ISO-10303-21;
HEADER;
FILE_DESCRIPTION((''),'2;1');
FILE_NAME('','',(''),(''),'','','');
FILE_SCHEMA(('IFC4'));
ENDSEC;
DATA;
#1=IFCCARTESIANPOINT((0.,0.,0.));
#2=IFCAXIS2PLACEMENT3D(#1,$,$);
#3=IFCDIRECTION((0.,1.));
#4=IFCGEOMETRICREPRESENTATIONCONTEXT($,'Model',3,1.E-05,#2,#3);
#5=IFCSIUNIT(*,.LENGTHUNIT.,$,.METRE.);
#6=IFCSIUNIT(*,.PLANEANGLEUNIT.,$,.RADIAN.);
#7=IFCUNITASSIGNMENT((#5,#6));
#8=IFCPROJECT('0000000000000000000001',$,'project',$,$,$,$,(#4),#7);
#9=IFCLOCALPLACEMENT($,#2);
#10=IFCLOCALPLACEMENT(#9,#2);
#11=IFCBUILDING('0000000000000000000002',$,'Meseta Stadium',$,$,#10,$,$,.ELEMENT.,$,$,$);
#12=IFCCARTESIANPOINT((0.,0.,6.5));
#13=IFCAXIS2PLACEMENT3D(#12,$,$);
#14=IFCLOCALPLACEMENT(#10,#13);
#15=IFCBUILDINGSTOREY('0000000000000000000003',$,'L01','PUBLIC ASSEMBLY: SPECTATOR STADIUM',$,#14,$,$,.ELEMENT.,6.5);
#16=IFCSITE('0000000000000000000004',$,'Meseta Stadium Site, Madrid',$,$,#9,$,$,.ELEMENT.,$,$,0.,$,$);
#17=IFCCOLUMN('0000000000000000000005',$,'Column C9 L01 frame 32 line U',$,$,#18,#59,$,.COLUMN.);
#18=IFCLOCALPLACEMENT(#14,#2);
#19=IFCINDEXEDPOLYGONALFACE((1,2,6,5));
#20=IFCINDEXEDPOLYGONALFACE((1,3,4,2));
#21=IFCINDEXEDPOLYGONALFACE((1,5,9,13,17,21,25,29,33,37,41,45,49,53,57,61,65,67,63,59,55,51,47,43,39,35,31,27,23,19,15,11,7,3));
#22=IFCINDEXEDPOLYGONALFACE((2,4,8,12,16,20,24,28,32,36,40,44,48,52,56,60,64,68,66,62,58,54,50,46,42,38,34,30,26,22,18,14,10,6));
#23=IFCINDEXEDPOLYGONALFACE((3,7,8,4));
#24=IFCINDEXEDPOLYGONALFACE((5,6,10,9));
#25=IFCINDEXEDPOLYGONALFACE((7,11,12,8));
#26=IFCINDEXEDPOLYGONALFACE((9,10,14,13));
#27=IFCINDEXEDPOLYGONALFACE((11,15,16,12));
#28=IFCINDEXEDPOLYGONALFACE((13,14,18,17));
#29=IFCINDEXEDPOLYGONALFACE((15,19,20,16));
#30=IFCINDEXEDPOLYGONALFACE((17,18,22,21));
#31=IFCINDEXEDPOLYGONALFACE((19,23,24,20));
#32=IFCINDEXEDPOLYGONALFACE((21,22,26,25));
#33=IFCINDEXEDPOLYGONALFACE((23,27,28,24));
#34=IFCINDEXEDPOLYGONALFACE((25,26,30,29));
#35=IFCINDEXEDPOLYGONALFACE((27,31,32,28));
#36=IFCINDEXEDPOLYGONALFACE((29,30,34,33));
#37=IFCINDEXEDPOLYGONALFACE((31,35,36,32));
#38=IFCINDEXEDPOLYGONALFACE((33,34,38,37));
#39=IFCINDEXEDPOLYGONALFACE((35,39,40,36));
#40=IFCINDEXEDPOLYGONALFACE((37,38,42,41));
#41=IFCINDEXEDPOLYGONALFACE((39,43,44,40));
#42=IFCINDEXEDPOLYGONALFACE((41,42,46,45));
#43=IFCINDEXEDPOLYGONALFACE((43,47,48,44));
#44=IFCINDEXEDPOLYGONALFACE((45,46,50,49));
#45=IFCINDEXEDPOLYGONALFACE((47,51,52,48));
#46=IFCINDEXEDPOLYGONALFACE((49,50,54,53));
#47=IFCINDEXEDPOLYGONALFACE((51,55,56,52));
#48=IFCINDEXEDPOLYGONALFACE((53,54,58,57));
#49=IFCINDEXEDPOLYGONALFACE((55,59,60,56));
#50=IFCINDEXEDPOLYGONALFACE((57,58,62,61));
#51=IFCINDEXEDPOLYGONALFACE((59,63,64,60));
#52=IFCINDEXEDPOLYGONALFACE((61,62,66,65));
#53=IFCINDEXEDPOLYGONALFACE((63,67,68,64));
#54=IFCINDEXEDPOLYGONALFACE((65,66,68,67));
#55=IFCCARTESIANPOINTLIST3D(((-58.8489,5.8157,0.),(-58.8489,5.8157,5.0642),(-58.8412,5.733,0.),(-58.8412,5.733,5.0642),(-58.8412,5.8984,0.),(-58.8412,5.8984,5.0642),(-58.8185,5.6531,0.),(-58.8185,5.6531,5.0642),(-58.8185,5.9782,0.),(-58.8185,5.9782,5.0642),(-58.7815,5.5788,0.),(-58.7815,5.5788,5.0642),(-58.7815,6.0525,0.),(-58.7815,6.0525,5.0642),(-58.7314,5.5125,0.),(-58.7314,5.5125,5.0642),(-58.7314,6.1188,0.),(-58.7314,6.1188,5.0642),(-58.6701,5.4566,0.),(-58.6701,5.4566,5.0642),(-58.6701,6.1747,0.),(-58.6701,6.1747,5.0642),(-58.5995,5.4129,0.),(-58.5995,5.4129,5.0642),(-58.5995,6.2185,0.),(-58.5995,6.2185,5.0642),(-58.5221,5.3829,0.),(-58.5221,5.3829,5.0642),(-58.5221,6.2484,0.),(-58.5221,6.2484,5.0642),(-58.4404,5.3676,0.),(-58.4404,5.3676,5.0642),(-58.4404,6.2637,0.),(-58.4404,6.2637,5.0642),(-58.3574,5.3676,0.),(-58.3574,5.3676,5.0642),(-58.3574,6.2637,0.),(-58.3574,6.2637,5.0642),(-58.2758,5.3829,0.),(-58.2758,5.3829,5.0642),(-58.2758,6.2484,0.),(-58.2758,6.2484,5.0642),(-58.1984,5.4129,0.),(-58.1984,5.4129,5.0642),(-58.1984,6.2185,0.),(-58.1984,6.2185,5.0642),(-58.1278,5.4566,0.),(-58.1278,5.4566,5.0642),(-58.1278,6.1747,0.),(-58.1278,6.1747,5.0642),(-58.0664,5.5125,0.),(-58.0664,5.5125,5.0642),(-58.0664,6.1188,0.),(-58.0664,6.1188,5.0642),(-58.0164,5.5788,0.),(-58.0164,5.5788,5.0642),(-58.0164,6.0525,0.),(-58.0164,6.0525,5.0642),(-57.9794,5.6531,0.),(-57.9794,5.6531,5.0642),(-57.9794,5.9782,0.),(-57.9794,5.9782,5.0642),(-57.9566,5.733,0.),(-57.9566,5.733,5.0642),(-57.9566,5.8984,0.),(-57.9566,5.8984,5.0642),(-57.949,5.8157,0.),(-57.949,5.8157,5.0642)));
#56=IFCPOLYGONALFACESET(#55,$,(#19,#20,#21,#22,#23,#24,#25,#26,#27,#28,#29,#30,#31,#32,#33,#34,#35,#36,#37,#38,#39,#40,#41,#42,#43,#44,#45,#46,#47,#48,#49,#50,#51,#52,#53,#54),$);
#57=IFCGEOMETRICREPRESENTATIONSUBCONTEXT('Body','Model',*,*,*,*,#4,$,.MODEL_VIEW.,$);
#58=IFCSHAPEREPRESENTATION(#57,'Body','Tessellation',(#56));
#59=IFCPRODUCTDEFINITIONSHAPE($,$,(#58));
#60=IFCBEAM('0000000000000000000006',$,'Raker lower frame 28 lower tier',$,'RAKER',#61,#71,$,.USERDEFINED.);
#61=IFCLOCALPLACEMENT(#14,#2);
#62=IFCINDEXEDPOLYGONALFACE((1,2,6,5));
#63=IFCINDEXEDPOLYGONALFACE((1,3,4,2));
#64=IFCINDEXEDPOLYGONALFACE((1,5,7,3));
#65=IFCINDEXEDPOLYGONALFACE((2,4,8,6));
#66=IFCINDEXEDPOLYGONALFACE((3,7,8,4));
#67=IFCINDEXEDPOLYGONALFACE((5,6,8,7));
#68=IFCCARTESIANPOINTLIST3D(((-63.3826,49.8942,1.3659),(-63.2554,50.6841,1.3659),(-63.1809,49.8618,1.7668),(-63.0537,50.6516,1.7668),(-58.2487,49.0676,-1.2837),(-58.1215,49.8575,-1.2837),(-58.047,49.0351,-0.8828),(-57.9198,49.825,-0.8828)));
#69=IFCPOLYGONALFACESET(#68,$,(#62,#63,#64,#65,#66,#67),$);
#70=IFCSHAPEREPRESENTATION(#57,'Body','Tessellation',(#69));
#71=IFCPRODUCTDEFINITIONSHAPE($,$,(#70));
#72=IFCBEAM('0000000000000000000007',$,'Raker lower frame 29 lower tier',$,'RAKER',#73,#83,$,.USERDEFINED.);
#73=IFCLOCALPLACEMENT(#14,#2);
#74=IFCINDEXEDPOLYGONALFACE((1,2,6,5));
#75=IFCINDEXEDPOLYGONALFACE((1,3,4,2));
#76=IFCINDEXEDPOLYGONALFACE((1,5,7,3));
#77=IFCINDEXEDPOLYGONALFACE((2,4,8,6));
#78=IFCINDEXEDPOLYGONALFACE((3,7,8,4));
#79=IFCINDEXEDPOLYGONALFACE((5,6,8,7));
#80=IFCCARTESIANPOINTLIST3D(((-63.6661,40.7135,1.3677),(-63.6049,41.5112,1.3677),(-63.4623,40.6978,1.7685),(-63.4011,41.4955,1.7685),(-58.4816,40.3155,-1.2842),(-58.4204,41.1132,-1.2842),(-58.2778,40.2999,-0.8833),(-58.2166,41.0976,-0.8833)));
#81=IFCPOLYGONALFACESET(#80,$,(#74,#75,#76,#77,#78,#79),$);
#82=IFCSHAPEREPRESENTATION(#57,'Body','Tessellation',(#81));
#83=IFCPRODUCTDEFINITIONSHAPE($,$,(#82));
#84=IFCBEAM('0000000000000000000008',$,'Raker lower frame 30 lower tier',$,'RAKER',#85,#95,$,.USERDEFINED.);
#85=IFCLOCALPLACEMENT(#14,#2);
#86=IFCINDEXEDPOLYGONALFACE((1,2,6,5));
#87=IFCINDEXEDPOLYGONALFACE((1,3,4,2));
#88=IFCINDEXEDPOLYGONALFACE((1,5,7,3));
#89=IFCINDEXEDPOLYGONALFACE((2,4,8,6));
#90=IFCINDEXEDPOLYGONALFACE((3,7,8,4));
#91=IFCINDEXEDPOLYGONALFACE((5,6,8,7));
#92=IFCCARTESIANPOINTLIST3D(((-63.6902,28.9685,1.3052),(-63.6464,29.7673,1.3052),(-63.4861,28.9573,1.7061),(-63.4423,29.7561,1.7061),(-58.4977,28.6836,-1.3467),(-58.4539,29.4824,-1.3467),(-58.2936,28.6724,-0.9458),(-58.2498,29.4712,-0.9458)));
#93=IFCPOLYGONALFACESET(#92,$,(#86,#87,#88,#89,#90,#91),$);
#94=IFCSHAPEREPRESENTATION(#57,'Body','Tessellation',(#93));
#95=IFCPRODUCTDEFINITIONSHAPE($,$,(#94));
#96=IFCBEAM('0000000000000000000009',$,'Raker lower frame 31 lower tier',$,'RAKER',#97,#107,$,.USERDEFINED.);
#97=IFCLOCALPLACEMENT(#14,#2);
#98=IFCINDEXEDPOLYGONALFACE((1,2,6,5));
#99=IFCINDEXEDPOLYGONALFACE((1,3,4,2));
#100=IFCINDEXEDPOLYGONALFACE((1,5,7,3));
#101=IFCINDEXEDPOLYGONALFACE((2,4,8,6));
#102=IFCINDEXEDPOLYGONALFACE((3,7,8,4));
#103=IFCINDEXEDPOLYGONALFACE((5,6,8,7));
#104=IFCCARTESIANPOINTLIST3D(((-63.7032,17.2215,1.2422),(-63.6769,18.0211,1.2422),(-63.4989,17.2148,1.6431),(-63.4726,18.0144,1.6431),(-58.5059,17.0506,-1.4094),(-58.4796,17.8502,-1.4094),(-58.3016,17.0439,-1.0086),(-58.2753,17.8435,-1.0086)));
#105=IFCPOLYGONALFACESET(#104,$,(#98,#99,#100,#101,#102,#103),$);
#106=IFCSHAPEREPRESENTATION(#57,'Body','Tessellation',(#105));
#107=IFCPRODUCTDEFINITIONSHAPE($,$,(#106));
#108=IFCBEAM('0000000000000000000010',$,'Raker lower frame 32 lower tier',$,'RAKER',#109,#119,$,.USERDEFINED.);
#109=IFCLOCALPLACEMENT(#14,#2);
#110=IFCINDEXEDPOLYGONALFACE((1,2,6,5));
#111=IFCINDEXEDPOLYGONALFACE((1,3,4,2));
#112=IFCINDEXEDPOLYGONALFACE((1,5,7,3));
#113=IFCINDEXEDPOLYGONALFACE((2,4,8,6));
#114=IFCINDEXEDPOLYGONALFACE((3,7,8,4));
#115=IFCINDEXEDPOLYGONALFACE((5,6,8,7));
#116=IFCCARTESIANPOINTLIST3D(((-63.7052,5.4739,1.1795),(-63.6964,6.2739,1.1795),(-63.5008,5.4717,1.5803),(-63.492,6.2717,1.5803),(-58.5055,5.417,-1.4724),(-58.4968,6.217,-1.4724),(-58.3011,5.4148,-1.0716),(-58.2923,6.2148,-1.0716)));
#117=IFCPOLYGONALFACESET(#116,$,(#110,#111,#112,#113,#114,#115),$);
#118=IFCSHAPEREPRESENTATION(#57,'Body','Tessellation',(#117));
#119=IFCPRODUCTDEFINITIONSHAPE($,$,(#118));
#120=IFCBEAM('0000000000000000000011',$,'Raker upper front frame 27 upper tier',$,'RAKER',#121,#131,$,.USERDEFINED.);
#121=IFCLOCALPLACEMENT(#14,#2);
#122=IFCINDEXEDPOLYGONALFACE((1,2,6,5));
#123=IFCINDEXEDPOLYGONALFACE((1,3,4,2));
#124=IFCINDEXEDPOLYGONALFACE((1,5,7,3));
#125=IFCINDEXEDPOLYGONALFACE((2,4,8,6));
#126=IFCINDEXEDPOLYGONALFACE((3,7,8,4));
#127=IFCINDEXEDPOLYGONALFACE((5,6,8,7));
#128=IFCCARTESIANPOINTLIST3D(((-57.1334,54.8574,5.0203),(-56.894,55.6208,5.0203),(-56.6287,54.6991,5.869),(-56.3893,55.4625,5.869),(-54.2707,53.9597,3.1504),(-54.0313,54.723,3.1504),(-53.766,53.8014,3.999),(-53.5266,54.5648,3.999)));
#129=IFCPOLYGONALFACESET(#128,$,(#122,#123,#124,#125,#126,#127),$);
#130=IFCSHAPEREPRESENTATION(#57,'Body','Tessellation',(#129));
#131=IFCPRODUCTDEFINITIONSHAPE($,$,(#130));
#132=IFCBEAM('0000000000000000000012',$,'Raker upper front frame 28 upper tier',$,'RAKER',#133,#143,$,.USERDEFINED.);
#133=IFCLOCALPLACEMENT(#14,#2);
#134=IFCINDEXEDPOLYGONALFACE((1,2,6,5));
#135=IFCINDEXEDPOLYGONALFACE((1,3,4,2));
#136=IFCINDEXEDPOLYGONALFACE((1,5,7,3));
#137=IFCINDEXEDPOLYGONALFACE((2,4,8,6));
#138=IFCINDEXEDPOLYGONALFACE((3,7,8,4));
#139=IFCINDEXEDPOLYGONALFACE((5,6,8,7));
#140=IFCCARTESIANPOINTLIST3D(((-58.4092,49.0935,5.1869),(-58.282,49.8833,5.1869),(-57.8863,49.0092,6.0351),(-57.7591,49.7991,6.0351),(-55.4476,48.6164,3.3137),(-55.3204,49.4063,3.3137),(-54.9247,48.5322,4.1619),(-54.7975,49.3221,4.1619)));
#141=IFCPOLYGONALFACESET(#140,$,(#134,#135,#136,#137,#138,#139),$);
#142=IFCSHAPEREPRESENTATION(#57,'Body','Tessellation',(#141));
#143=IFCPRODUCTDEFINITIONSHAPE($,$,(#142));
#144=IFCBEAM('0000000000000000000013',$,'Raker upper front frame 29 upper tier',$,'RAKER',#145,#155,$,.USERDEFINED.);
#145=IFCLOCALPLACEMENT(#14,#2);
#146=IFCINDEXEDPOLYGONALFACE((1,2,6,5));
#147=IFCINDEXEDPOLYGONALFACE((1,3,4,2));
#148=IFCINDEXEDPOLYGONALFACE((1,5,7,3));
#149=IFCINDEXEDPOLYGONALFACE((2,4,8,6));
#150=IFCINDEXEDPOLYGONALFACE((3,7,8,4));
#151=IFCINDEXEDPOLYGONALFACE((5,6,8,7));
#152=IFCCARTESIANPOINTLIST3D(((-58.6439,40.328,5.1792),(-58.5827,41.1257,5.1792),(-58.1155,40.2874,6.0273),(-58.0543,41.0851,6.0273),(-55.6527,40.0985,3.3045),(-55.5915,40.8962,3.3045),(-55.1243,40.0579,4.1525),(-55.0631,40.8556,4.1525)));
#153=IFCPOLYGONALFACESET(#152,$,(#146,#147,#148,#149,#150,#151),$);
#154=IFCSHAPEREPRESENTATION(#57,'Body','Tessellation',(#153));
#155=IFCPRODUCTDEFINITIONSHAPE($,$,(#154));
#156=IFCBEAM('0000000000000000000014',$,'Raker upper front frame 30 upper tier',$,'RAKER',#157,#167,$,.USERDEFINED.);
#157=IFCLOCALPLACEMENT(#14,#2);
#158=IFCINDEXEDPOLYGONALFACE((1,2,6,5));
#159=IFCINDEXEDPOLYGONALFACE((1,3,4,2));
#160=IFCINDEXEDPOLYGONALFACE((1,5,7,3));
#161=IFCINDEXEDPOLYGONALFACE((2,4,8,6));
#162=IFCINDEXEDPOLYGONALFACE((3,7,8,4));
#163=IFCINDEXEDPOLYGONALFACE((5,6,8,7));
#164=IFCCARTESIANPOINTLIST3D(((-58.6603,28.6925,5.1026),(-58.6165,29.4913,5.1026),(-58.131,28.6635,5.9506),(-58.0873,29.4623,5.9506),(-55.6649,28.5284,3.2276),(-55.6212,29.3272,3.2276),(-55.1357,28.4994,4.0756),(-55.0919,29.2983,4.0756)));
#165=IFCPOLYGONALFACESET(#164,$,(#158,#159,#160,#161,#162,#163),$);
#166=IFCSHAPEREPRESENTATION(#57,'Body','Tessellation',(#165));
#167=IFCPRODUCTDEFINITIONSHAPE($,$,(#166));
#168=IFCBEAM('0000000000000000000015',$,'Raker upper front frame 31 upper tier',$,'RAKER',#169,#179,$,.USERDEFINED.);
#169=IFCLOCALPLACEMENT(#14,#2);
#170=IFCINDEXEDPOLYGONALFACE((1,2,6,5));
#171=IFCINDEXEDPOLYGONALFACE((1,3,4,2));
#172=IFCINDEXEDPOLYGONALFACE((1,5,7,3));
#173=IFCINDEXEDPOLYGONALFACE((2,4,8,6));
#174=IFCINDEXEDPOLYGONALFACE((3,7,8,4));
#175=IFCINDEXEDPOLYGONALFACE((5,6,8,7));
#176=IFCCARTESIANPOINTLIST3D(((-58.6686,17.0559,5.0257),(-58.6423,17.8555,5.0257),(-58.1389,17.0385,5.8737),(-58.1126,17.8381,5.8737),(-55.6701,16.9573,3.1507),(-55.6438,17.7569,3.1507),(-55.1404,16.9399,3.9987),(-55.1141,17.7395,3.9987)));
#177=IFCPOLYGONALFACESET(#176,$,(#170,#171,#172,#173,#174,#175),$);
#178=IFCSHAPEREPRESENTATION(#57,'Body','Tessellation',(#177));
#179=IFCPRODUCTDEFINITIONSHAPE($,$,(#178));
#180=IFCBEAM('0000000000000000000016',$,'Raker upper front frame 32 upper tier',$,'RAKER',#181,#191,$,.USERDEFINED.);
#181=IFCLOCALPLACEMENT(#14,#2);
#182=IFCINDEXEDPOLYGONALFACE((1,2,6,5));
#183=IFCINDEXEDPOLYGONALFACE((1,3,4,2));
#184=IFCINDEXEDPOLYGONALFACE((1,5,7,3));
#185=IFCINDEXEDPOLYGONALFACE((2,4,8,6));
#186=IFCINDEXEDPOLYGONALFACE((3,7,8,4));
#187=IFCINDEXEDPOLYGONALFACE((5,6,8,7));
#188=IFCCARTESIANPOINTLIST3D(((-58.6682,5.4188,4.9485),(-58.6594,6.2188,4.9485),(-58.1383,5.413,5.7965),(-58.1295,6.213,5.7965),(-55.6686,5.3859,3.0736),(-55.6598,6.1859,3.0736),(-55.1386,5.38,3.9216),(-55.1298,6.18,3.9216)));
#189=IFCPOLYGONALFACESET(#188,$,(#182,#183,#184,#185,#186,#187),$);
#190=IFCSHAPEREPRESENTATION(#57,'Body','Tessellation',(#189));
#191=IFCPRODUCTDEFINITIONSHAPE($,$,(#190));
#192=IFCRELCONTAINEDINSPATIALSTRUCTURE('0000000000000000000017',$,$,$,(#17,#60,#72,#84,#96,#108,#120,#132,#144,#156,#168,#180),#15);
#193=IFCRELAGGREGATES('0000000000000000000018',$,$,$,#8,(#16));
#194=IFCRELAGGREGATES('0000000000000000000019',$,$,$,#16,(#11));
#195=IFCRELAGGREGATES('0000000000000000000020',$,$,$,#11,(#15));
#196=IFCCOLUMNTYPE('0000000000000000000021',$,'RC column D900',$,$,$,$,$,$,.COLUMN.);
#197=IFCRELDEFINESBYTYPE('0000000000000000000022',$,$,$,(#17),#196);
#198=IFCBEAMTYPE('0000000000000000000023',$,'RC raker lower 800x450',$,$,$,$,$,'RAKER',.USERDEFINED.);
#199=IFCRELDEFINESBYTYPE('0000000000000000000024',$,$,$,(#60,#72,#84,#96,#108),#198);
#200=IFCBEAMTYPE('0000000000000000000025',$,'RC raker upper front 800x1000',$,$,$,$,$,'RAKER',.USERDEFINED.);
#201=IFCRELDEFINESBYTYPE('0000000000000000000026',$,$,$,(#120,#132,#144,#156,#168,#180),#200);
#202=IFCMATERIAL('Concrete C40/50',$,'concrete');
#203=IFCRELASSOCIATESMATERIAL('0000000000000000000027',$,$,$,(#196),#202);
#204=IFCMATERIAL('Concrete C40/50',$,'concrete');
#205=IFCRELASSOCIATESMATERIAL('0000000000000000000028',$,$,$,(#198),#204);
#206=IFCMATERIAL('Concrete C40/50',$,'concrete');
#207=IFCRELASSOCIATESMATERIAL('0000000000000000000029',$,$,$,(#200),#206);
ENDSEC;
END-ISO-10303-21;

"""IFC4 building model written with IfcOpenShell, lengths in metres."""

from ifc_helpers import new_model, si_unit, direction, frame, origin, origin_2d, place, context, subcontext, project, spatial, rectangle, circle, extrude, material, material_profile, profile_set, type_object, element, save


model = new_model("IFC4")

# Units and contexts
model_context = context("Model", 3, precision=1e-05, world=origin(), true_north=direction((0.0, 1.0)))
body_context = subcontext(model_context, "Body", "Model", "MODEL_VIEW")
ifc_project = project(units=[si_unit("LENGTHUNIT", "METRE"), si_unit("PLANEANGLEUNIT", "RADIAN")], contexts=[model_context])

# Site, building, storey
site_placement = place(None, origin())
site = spatial("IfcSite", under=ifc_project, at=site_placement, Name="Meseta Stadium Site, Madrid", CompositionType="ELEMENT", RefElevation=0.0)
building_placement = place(site_placement, origin())
building = spatial("IfcBuilding", under=site, at=building_placement, Name="Meseta Stadium", CompositionType="ELEMENT")
storey_placement = place(building_placement, frame((0.0, 0.0, 6.5)))
storey = spatial("IfcBuildingStorey", under=building, at=storey_placement, Name="L01", Description="PUBLIC ASSEMBLY: SPECTATOR STADIUM", CompositionType="ELEMENT", Elevation=6.5)

# Column
ifc_material_1 = material(Name="Concrete C40/50", Category="concrete")
ifc_material_profile_1 = material_profile(ifc_material_1, circle(Radius=0.45, at=origin_2d()), Name="RC D900")
ifc_profile_set_1 = profile_set([ifc_material_profile_1], Name="Concrete C40/50")
column_type = type_object("IfcColumnType", Name="RC column D900", PredefinedType="COLUMN", material=ifc_profile_set_1)
column_1_placement = place(storey_placement, frame((-58.3989, 5.8157, 0.0), z_axis=(0.0, 0.0, 1.0), x_axis=(1.0, 0.0, 0.0)))
element("IfcColumn", 1, at=column_1_placement, inside=storey, type_object=column_type, Name="Column C9 L01 frame 32 line U", PredefinedType="COLUMN", context=body_context, shape_type="SweptSolid", body=[
    extrude(circle(Radius=0.45, at=origin_2d()), origin(), (0.0, 0.0, 1.0), 5.0642),
])

# Beams
ifc_material_2 = material(Name="Concrete C40/50", Category="concrete")
ifc_material_profile_2 = material_profile(ifc_material_2, rectangle(XDim=0.8, YDim=0.45, at=origin_2d()), Name="RC 800x450")
ifc_profile_set_2 = profile_set([ifc_material_profile_2], Name="Concrete C40/50")
beam_type_1 = type_object("IfcBeamType", Name="RC raker lower 800x450", ElementType="RAKER", PredefinedType="USERDEFINED", material=ifc_profile_set_2)
beam_1_placement = place(storey_placement, frame((-58.0842, 49.4463, -1.0833), z_axis=(-0.879673, 0.141641, 0.453997), x_axis=(-0.158968, -0.987284, 0.0)))
element("IfcBeam", 2, at=beam_1_placement, inside=storey, type_object=beam_type_1, Name="Raker lower frame 28 lower tier", ObjectType="RAKER", PredefinedType="USERDEFINED", context=body_context, shape_type="SweptSolid", body=[
    extrude(rectangle(XDim=0.8, YDim=0.45, at=origin_2d()), origin(), (0.0, 0.0, 1.0), 5.8362),
])
beam_2_placement = place(storey_placement, frame((-58.3491, 40.7065, -1.0837), z_axis=(-0.888226, 0.068177, 0.454319), x_axis=(-0.076531, -0.997067, 0.0)))
element("IfcBeam", 3, at=beam_2_placement, inside=storey, type_object=beam_type_1, Name="Raker lower frame 29 lower tier", ObjectType="RAKER", PredefinedType="USERDEFINED", context=body_context, shape_type="SweptSolid", body=[
    extrude(rectangle(XDim=0.8, YDim=0.45, at=origin_2d()), origin(), (0.0, 0.0, 1.0), 5.8369),
])
beam_3_placement = place(storey_placement, frame((-58.3738, 29.0774, -1.1462), z_axis=(-0.889514, 0.048809, 0.454293), x_axis=(-0.054789, -0.998498, 0.0)))
element("IfcBeam", 4, at=beam_3_placement, inside=storey, type_object=beam_type_1, Name="Raker lower frame 30 lower tier", ObjectType="RAKER", PredefinedType="USERDEFINED", context=body_context, shape_type="SweptSolid", body=[
    extrude(rectangle(XDim=0.8, YDim=0.45, at=origin_2d()), origin(), (0.0, 0.0, 1.0), 5.8374),
])
for number, where, z_axis, x_axis, name in (
    (5, (-58.3906, 17.447, -1.209), (-0.890384, 0.029278, 0.454268), (-0.032865, -0.99946, 0.0), "Raker lower frame 31 lower tier"),
    (6, (-58.3989, 5.8159, -1.272), (-0.890793, 0.009745, 0.454305), (-0.010939, -0.99994, 0.0), "Raker lower frame 32 lower tier"),
):
    element("IfcBeam", number, at=place(storey_placement, frame(where, z_axis=z_axis, x_axis=x_axis)), inside=storey, type_object=beam_type_1, Name=name, ObjectType="RAKER", PredefinedType="USERDEFINED", context=body_context, shape_type="SweptSolid", body=[
        extrude(rectangle(XDim=0.8, YDim=0.45, at=origin_2d()), origin(), (0.0, 0.0, 1.0), 5.8372),
    ])
ifc_material_3 = material(Name="Concrete C40/50", Category="concrete")
ifc_material_profile_3 = material_profile(ifc_material_3, rectangle(XDim=0.8, YDim=1.0, at=origin_2d()), Name="RC 800x1000")
ifc_profile_set_3 = profile_set([ifc_material_profile_3], Name="Concrete C40/50")
beam_type_2 = type_object("IfcBeamType", Name="RC raker upper front 800x1000", ElementType="RAKER", PredefinedType="USERDEFINED", material=ifc_profile_set_3)
beam_4_placement = place(storey_placement, frame((-53.8987, 54.2622, 3.5747), z_axis=(-0.809765, 0.253945, 0.528954), x_axis=(-0.299234, -0.95418, 0.0)))
element("IfcBeam", 7, at=beam_4_placement, inside=storey, type_object=beam_type_2, Name="Raker upper front frame 27 upper tier", ObjectType="RAKER", PredefinedType="USERDEFINED", context=body_context, shape_type="SweptSolid", body=[
    extrude(rectangle(XDim=0.8, YDim=1.0, at=origin_2d()), origin(), (0.0, 0.0, 1.0), 3.5352),
])
beam_5_placement = place(storey_placement, frame((-55.1226, 48.9692, 3.7378), z_axis=(-0.837409, 0.134886, 0.529671), x_axis=(-0.159025, -0.987275, 0.0)))
element("IfcBeam", 8, at=beam_5_placement, inside=storey, type_object=beam_type_2, Name="Raker upper front frame 28 upper tier", ObjectType="RAKER", PredefinedType="USERDEFINED", context=body_context, shape_type="SweptSolid", body=[
    extrude(rectangle(XDim=0.8, YDim=1.0, at=origin_2d()), origin(), (0.0, 0.0, 1.0), 3.5366),
])
for number, where, z_axis, x_axis, name in (
    (9, (-55.3579, 40.4771, 3.7285), (-0.845545, 0.064872, 0.529949), (-0.076497, -0.99707, 0.0), "Raker upper front frame 29 upper tier"),
    (10, (-55.3784, 28.9133, 3.6516), (-0.846717, 0.046377, 0.530018), (-0.05469, -0.998503, 0.0), "Raker upper front frame 30 upper tier"),
):
    element("IfcBeam", number, at=place(storey_placement, frame(where, z_axis=z_axis, x_axis=x_axis)), inside=storey, type_object=beam_type_2, Name=name, ObjectType="RAKER", PredefinedType="USERDEFINED", context=body_context, shape_type="SweptSolid", body=[
        extrude(rectangle(XDim=0.8, YDim=1.0, at=origin_2d()), origin(), (0.0, 0.0, 1.0), 3.5376),
    ])
beam_6_placement = place(storey_placement, frame((-55.3921, 17.3484, 3.5747), z_axis=(-0.847552, 0.027879, 0.529979), x_axis=(-0.032876, -0.999459, 0.0)))
element("IfcBeam", 11, at=beam_6_placement, inside=storey, type_object=beam_type_2, Name="Raker upper front frame 31 upper tier", ObjectType="RAKER", PredefinedType="USERDEFINED", context=body_context, shape_type="SweptSolid", body=[
    extrude(rectangle(XDim=0.8, YDim=1.0, at=origin_2d()), origin(), (0.0, 0.0, 1.0), 3.5378),
])
beam_7_placement = place(storey_placement, frame((-55.3992, 5.783, 3.4976), z_axis=(-0.847942, 0.009317, 0.530007), x_axis=(-0.010987, -0.99994, 0.0)))
element("IfcBeam", 12, at=beam_7_placement, inside=storey, type_object=beam_type_2, Name="Raker upper front frame 32 upper tier", ObjectType="RAKER", PredefinedType="USERDEFINED", context=body_context, shape_type="SweptSolid", body=[
    extrude(rectangle(XDim=0.8, YDim=1.0, at=origin_2d()), origin(), (0.0, 0.0, 1.0), 3.5376),
])

save(model, "model.ifc")
